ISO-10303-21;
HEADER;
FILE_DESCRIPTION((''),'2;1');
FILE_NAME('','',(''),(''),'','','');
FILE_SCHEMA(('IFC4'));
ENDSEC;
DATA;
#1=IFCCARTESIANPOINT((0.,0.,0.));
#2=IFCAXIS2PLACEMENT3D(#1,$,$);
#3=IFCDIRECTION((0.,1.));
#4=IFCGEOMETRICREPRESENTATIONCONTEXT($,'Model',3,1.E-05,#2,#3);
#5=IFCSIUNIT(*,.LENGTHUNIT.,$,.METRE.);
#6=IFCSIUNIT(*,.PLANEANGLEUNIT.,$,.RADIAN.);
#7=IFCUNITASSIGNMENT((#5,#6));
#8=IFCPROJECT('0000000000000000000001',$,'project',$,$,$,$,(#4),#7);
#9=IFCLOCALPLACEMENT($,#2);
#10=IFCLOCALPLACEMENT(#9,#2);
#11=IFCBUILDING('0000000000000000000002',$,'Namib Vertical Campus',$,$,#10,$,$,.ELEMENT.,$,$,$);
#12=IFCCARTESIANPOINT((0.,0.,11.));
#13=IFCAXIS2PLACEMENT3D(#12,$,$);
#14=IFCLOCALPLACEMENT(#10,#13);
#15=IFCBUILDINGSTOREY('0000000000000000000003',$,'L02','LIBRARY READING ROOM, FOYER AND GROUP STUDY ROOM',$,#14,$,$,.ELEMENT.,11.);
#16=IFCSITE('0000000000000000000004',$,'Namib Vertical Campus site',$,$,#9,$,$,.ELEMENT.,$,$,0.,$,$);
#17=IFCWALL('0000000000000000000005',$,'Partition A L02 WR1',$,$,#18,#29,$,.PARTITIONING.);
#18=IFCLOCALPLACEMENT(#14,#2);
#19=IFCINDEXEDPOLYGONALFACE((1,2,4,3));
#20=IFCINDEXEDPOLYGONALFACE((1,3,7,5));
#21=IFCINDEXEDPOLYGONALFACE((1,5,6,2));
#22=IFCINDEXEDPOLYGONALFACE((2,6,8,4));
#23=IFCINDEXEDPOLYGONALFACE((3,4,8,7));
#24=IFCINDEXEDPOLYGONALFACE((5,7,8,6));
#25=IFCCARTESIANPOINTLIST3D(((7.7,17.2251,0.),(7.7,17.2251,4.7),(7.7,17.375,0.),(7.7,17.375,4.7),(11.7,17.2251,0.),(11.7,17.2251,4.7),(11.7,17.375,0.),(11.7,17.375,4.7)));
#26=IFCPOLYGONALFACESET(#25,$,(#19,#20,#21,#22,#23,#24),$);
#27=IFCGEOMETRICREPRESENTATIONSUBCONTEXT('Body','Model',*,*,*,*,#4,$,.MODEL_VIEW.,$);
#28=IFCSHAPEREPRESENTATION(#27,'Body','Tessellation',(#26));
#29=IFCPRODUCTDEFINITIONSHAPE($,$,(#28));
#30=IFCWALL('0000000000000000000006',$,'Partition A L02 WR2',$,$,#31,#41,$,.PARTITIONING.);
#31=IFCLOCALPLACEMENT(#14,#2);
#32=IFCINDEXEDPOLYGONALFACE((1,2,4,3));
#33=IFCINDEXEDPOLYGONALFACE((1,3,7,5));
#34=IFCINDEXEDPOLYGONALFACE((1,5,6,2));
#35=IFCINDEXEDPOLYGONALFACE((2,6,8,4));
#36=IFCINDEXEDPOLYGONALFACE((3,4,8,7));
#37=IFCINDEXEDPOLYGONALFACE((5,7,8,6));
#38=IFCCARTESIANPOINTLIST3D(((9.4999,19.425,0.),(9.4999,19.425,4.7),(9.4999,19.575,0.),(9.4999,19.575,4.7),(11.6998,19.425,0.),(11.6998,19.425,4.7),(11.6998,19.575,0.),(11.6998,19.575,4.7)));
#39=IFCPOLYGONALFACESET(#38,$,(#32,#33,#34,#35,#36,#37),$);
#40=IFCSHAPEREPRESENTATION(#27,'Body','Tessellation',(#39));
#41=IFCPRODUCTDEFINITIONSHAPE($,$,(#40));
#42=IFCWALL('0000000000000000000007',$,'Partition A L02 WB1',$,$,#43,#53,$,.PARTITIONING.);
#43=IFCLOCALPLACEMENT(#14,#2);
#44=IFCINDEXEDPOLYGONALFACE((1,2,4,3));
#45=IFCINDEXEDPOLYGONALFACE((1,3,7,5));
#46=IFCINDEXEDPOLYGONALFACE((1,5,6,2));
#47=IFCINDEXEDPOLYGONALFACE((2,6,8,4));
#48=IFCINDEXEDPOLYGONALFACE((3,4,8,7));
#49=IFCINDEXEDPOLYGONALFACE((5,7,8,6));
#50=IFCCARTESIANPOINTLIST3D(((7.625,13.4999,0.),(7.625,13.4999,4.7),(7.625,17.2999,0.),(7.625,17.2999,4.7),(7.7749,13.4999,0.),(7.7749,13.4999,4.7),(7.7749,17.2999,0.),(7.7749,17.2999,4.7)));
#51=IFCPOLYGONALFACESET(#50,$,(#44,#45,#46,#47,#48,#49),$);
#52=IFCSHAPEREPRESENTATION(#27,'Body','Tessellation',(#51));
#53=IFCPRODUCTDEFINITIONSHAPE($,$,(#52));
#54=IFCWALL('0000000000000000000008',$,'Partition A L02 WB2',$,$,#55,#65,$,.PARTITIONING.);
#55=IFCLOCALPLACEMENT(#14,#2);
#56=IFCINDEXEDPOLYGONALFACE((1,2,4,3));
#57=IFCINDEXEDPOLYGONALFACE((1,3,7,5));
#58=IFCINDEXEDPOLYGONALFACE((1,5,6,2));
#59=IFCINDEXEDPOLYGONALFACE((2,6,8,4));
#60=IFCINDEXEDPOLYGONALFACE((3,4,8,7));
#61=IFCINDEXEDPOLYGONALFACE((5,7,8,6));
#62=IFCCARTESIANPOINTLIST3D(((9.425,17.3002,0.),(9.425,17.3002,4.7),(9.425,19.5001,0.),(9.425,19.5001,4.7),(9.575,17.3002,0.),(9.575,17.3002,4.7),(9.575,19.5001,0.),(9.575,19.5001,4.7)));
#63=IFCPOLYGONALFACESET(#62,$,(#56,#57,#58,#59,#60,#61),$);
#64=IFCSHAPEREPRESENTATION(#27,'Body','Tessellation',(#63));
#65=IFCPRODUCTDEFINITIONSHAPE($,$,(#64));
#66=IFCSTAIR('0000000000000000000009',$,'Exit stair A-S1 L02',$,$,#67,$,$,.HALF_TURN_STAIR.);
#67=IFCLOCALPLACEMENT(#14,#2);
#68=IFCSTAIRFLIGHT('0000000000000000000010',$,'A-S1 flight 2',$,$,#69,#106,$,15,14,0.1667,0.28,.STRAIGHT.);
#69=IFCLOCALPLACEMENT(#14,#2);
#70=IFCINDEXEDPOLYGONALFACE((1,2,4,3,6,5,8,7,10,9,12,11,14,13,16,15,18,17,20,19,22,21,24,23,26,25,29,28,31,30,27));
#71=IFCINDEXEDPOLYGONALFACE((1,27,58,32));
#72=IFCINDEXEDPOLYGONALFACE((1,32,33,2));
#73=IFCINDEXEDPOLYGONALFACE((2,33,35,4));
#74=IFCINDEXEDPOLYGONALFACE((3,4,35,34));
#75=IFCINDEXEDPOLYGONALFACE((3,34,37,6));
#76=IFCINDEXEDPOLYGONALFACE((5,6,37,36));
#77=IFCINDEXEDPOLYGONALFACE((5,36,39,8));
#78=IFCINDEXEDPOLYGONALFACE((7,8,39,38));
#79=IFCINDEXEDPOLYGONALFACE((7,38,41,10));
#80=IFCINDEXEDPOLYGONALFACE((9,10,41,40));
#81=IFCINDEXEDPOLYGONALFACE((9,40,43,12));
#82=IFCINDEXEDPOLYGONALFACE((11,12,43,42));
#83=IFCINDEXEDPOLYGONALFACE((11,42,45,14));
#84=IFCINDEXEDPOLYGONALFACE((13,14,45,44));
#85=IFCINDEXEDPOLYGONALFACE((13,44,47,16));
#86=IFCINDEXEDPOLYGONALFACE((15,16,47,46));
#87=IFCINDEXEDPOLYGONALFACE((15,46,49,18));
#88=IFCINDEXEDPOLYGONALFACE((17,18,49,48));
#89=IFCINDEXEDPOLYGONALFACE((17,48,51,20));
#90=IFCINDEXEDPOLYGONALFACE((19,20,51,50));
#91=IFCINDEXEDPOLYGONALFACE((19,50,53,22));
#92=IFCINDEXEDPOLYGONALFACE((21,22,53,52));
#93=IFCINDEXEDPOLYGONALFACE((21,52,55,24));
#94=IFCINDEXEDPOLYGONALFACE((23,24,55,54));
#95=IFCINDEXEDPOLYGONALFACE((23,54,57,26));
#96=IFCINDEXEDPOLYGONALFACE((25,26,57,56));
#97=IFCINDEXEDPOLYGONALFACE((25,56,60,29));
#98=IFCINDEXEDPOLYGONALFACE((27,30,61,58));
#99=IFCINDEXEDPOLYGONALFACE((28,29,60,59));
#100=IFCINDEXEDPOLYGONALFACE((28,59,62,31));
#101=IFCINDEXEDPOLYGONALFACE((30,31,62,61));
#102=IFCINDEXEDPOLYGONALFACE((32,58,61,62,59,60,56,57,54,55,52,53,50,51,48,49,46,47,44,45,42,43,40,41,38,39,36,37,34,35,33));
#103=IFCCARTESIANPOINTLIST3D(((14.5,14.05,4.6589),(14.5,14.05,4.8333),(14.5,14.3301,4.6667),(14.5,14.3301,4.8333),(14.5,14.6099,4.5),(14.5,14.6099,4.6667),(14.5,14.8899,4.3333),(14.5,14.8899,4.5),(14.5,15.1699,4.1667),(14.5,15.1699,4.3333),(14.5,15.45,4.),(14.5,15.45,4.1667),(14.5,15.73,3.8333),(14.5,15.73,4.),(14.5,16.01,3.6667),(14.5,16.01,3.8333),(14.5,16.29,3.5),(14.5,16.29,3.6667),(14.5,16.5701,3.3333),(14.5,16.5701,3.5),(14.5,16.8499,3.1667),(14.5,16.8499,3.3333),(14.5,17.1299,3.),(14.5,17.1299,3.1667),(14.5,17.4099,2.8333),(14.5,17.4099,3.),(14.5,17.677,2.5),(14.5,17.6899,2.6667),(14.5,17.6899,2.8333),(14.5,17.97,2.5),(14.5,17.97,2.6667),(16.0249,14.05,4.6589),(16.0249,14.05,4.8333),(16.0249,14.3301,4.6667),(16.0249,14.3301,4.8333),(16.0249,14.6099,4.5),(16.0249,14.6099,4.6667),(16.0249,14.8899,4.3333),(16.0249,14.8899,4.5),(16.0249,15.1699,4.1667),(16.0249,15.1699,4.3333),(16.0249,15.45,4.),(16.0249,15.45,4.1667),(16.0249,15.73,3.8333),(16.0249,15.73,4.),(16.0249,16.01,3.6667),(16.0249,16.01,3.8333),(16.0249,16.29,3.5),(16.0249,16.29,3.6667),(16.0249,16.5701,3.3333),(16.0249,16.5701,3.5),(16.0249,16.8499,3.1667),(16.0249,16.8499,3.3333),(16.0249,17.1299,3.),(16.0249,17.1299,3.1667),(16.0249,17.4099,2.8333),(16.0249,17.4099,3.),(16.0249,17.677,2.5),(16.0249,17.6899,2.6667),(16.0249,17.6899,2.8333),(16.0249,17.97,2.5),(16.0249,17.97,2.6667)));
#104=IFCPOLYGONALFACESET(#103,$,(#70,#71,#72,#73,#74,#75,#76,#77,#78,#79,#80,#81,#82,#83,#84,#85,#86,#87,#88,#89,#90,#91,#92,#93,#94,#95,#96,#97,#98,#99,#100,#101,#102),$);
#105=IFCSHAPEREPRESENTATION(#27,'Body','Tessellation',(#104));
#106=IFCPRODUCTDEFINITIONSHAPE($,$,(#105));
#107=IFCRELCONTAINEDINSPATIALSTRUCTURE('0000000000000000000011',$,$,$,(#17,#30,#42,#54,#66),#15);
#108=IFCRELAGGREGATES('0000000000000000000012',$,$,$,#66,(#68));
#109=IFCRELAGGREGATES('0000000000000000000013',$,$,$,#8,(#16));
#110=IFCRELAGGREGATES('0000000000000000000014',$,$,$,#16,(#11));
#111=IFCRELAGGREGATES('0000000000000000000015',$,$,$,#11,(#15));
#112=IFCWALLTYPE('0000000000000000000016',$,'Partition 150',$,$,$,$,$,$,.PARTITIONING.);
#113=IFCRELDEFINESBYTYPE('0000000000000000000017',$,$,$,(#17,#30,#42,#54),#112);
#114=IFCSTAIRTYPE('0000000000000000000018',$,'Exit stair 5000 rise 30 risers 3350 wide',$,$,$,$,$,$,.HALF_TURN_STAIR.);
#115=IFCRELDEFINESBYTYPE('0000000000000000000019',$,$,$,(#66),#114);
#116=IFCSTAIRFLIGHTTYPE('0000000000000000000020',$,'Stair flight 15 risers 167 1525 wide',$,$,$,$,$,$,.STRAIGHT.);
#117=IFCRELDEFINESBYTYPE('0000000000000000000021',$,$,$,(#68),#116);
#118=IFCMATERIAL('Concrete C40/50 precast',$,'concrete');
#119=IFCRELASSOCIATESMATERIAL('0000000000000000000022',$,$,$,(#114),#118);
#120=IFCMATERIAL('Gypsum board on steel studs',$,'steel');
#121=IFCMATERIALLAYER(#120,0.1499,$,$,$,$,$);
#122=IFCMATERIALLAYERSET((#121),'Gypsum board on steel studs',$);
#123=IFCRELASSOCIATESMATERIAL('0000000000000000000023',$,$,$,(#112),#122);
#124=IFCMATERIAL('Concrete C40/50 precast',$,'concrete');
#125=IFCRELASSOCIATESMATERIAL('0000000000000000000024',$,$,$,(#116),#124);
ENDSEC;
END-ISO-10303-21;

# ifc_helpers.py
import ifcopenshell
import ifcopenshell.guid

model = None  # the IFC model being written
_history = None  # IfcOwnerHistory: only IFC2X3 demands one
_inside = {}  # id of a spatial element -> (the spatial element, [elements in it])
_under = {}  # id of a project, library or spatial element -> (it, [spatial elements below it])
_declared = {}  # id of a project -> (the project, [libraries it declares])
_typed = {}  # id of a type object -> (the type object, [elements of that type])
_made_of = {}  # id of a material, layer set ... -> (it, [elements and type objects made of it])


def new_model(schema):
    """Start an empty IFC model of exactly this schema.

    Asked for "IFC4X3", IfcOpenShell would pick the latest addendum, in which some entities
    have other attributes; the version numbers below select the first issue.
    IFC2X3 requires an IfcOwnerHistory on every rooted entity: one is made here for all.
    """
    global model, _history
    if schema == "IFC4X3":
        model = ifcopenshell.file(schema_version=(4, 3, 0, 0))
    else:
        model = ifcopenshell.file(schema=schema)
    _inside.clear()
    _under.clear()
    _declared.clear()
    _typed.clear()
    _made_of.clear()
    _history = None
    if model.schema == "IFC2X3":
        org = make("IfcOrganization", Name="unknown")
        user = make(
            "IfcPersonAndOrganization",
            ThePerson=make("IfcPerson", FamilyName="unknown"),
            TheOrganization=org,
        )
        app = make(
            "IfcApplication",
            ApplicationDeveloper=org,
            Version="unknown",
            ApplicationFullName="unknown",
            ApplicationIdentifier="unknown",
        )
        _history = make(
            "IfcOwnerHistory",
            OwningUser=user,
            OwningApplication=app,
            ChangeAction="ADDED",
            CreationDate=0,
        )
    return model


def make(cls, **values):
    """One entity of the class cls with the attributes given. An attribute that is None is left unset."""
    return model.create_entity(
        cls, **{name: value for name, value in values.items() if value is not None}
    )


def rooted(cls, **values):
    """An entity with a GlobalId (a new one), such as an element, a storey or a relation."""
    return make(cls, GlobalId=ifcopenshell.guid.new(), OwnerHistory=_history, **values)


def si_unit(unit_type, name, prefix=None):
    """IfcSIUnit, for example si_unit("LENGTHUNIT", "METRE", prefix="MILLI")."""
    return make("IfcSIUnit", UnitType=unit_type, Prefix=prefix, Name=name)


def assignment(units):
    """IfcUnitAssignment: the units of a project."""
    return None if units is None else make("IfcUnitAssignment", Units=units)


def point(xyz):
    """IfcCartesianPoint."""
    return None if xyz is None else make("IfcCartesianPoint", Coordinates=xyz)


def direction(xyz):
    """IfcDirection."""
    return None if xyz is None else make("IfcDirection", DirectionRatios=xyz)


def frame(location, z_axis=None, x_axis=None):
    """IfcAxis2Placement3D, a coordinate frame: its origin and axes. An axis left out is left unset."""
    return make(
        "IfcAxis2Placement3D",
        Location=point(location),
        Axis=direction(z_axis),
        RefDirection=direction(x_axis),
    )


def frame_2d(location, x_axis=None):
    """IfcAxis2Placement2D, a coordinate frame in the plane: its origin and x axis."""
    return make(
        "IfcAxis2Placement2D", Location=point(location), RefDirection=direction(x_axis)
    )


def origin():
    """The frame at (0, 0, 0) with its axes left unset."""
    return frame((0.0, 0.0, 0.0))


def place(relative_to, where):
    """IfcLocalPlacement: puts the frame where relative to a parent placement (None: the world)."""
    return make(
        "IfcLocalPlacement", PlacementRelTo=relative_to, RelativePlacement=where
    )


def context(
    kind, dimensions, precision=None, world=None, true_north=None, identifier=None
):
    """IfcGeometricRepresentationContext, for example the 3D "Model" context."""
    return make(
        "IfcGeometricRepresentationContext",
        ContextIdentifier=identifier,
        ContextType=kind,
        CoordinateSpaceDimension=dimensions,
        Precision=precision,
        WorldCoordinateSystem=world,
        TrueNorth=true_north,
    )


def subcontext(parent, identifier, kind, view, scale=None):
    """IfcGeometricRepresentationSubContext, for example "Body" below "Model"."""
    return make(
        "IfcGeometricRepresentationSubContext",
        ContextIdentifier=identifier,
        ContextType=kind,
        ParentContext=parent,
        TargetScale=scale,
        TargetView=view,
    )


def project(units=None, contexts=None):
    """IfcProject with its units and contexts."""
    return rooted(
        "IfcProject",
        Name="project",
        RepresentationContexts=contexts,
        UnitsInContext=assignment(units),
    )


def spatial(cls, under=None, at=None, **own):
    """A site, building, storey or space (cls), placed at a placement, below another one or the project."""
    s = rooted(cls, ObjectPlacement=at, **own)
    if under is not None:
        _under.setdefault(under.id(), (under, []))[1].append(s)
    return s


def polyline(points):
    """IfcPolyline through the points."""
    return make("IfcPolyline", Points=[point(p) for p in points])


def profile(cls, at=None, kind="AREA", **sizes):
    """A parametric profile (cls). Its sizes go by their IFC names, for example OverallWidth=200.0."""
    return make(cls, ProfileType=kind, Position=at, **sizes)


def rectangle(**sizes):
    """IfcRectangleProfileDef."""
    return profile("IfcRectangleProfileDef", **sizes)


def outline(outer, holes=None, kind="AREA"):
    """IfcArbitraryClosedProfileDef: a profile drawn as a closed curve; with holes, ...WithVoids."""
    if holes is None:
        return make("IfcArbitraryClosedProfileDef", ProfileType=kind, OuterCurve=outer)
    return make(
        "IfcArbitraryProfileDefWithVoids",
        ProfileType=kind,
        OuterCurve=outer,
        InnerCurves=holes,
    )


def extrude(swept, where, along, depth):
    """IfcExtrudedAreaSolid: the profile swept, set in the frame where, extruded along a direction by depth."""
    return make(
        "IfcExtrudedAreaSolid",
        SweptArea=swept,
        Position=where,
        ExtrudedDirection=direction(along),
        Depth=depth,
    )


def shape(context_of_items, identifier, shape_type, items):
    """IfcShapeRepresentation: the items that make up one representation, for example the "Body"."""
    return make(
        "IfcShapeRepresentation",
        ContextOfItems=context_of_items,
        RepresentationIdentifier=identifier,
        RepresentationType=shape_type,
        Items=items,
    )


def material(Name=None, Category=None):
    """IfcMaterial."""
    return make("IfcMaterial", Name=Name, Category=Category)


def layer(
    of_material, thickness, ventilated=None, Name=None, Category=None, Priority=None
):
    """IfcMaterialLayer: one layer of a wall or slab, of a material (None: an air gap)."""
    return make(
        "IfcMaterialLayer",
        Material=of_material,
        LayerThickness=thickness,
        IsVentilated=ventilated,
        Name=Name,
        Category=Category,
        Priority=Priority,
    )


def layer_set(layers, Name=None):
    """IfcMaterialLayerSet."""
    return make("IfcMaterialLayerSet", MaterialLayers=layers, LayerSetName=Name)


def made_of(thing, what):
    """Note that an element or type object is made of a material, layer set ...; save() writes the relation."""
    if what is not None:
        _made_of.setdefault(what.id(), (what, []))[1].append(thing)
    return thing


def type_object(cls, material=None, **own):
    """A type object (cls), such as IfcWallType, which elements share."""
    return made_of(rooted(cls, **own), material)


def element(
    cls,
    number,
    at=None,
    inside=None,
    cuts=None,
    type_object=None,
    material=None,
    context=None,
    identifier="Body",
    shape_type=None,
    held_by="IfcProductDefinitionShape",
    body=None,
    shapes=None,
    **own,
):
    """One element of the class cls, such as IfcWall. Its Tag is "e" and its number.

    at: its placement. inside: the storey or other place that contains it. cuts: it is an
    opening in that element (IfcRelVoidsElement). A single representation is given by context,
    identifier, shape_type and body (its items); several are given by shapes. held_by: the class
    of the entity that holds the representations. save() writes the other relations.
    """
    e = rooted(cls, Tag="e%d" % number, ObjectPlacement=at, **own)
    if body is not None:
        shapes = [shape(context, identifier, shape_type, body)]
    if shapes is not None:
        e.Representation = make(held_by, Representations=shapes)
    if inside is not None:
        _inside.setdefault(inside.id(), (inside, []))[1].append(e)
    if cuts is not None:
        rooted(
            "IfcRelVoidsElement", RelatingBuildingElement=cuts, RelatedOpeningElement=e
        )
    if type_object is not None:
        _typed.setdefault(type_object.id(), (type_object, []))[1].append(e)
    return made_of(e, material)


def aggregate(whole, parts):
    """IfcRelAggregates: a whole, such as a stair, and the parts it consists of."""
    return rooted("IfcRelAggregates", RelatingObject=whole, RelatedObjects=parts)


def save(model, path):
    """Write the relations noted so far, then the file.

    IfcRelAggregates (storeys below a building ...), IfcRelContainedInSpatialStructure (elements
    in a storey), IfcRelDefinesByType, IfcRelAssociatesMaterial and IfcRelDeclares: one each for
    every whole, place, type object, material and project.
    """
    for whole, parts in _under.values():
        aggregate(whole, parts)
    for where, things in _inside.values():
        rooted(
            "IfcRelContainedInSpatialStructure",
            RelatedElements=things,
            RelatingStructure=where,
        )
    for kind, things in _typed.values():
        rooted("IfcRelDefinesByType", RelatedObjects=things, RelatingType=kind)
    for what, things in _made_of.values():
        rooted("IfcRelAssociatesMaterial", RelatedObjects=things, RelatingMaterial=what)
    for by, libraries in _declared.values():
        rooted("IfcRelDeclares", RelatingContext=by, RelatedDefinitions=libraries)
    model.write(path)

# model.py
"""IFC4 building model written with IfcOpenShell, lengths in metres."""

from ifc_helpers import new_model, si_unit, direction, frame, frame_2d, origin, place, context, subcontext, project, spatial, polyline, rectangle, outline, extrude, material, layer, layer_set, type_object, element, aggregate, save


model = new_model("IFC4")

# Units and contexts
model_context = context("Model", 3, precision=1e-05, world=origin(), true_north=direction((0.0, 1.0)))
body_context = subcontext(model_context, "Body", "Model", "MODEL_VIEW")
ifc_project = project(units=[si_unit("LENGTHUNIT", "METRE"), si_unit("PLANEANGLEUNIT", "RADIAN")], contexts=[model_context])

# Site, building, storey
site_placement = place(None, origin())
site = spatial("IfcSite", under=ifc_project, at=site_placement, Name="Namib Vertical Campus site", CompositionType="ELEMENT", RefElevation=0.0)
building_placement = place(site_placement, origin())
building = spatial("IfcBuilding", under=site, at=building_placement, Name="Namib Vertical Campus", CompositionType="ELEMENT")
storey_placement = place(building_placement, frame((0.0, 0.0, 11.0)))
storey = spatial("IfcBuildingStorey", under=building, at=storey_placement, Name="L02", Description="LIBRARY READING ROOM, FOYER AND GROUP STUDY ROOM", CompositionType="ELEMENT", Elevation=11.0)

# Shared definitions
ifc_material_1 = material(Name="Concrete C40/50 precast", Category="concrete")
stair_type_1 = type_object("IfcStairType", Name="Exit stair 5000 rise 30 risers 3350 wide", PredefinedType="HALF_TURN_STAIR", material=ifc_material_1)

# Walls
ifc_material_2 = material(Name="Gypsum board on steel studs", Category="steel")
ifc_layer_1 = layer(ifc_material_2, 0.1499)
ifc_layer_set_1 = layer_set([ifc_layer_1], Name="Gypsum board on steel studs")
wall_type_1 = type_object("IfcWallType", Name="Partition 150", PredefinedType="PARTITIONING", material=ifc_layer_set_1)
wall_1_placement = place(storey_placement, frame((11.7, 17.3, 0.0), z_axis=(0.0, 0.0, 1.0), x_axis=(-1.0, 0.0, 0.0)))
element("IfcWall", 1, at=wall_1_placement, inside=storey, type_object=wall_type_1, Name="Partition A L02 WR1", PredefinedType="PARTITIONING", context=body_context, shape_type="SweptSolid", body=[
    extrude(rectangle(XDim=4.0, YDim=0.1499, at=frame_2d((2.0, 0.0))), origin(), (0.0, 0.0, 1.0), 4.7),
])
wall_2_placement = place(storey_placement, frame((11.7, 19.5, 0.0), z_axis=(0.0, 0.0, 1.0), x_axis=(-1.0, 0.0, 0.0)))
element("IfcWall", 2, at=wall_2_placement, inside=storey, type_object=wall_type_1, Name="Partition A L02 WR2", PredefinedType="PARTITIONING", context=body_context, shape_type="SweptSolid", body=[
    extrude(rectangle(XDim=2.2, YDim=0.1499, at=frame_2d((1.1001, 0.0))), origin(), (0.0, 0.0, 1.0), 4.7),
])
wall_3_placement = place(storey_placement, frame((7.7, 13.5, 0.0), z_axis=(0.0, 0.0, 1.0), x_axis=(0.0, 1.0, 0.0)))
element("IfcWall", 3, at=wall_3_placement, inside=storey, type_object=wall_type_1, Name="Partition A L02 WB1", PredefinedType="PARTITIONING", context=body_context, shape_type="SweptSolid", body=[
    extrude(rectangle(XDim=3.8, YDim=0.1499, at=frame_2d((1.8999, 0.0))), origin(), (0.0, 0.0, 1.0), 4.7),
])
wall_4_placement = place(storey_placement, frame((9.5, 17.3, 0.0), z_axis=(0.0, 0.0, 1.0), x_axis=(0.0, 1.0, 0.0)))
element("IfcWall", 4, at=wall_4_placement, inside=storey, type_object=wall_type_1, Name="Partition A L02 WB2", PredefinedType="PARTITIONING", context=body_context, shape_type="SweptSolid", body=[
    extrude(rectangle(XDim=2.2, YDim=0.1499, at=frame_2d((1.1001, 0.0))), origin(), (0.0, 0.0, 1.0), 4.7),
])

# Stair, stair flight
stair_1_placement = place(storey_placement, origin())
stair_1 = element("IfcStair", 5, at=stair_1_placement, inside=storey, type_object=stair_type_1, Name="Exit stair A-S1 L02", PredefinedType="HALF_TURN_STAIR")
ifc_material_3 = material(Name="Concrete C40/50 precast", Category="concrete")
stair_flight_type = type_object("IfcStairFlightType", Name="Stair flight 15 risers 167 1525 wide", PredefinedType="STRAIGHT", material=ifc_material_3)
stair_flight_placement = place(storey_placement, frame((15.2625, 17.97, 2.5), z_axis=(0.0, 0.0, 1.0), x_axis=(0.0, -1.0, 0.0)))
stair_flight = element("IfcStairFlight", 6, at=stair_flight_placement, type_object=stair_flight_type, Name="A-S1 flight 2", NumberOfRisers=15, NumberOfTreads=14, PredefinedType="STRAIGHT", RiserHeight=0.1667, TreadLength=0.28, context=body_context, shape_type="SweptSolid", body=[
    extrude(outline(polyline([(0.0, 0.0), (0.0, 0.1667), (0.28, 0.1667), (0.28, 0.3333), (0.5601, 0.3333), (0.5601, 0.5), (0.8401, 0.5), (0.8401, 0.6667), (1.1201, 0.6667), (1.1201, 0.8333), (1.3999, 0.8333), (1.3999, 1.0), (1.6799, 1.0), (1.6799, 1.1667), (1.96, 1.1667), (1.96, 1.3333), (2.24, 1.3333), (2.24, 1.5), (2.52, 1.5), (2.52, 1.6667), (2.8, 1.6667), (2.8, 1.8333), (3.0801, 1.8333), (3.0801, 2.0), (3.3601, 2.0), (3.3601, 2.1667), (3.6399, 2.1667), (3.6399, 2.3333), (3.9199, 2.3333), (3.9199, 2.5), (3.9199, 2.1589), (0.293, 0.0), (0.0, 0.0)])), frame((0.0, 0.7625, 0.0), z_axis=(0.0, -1.0, 0.0), x_axis=(1.0, 0.0, 0.0)), (0.0, 0.0, 1.0), 1.5249),
])
aggregate(stair_1, [stair_flight])

save(model, "model.ifc")
